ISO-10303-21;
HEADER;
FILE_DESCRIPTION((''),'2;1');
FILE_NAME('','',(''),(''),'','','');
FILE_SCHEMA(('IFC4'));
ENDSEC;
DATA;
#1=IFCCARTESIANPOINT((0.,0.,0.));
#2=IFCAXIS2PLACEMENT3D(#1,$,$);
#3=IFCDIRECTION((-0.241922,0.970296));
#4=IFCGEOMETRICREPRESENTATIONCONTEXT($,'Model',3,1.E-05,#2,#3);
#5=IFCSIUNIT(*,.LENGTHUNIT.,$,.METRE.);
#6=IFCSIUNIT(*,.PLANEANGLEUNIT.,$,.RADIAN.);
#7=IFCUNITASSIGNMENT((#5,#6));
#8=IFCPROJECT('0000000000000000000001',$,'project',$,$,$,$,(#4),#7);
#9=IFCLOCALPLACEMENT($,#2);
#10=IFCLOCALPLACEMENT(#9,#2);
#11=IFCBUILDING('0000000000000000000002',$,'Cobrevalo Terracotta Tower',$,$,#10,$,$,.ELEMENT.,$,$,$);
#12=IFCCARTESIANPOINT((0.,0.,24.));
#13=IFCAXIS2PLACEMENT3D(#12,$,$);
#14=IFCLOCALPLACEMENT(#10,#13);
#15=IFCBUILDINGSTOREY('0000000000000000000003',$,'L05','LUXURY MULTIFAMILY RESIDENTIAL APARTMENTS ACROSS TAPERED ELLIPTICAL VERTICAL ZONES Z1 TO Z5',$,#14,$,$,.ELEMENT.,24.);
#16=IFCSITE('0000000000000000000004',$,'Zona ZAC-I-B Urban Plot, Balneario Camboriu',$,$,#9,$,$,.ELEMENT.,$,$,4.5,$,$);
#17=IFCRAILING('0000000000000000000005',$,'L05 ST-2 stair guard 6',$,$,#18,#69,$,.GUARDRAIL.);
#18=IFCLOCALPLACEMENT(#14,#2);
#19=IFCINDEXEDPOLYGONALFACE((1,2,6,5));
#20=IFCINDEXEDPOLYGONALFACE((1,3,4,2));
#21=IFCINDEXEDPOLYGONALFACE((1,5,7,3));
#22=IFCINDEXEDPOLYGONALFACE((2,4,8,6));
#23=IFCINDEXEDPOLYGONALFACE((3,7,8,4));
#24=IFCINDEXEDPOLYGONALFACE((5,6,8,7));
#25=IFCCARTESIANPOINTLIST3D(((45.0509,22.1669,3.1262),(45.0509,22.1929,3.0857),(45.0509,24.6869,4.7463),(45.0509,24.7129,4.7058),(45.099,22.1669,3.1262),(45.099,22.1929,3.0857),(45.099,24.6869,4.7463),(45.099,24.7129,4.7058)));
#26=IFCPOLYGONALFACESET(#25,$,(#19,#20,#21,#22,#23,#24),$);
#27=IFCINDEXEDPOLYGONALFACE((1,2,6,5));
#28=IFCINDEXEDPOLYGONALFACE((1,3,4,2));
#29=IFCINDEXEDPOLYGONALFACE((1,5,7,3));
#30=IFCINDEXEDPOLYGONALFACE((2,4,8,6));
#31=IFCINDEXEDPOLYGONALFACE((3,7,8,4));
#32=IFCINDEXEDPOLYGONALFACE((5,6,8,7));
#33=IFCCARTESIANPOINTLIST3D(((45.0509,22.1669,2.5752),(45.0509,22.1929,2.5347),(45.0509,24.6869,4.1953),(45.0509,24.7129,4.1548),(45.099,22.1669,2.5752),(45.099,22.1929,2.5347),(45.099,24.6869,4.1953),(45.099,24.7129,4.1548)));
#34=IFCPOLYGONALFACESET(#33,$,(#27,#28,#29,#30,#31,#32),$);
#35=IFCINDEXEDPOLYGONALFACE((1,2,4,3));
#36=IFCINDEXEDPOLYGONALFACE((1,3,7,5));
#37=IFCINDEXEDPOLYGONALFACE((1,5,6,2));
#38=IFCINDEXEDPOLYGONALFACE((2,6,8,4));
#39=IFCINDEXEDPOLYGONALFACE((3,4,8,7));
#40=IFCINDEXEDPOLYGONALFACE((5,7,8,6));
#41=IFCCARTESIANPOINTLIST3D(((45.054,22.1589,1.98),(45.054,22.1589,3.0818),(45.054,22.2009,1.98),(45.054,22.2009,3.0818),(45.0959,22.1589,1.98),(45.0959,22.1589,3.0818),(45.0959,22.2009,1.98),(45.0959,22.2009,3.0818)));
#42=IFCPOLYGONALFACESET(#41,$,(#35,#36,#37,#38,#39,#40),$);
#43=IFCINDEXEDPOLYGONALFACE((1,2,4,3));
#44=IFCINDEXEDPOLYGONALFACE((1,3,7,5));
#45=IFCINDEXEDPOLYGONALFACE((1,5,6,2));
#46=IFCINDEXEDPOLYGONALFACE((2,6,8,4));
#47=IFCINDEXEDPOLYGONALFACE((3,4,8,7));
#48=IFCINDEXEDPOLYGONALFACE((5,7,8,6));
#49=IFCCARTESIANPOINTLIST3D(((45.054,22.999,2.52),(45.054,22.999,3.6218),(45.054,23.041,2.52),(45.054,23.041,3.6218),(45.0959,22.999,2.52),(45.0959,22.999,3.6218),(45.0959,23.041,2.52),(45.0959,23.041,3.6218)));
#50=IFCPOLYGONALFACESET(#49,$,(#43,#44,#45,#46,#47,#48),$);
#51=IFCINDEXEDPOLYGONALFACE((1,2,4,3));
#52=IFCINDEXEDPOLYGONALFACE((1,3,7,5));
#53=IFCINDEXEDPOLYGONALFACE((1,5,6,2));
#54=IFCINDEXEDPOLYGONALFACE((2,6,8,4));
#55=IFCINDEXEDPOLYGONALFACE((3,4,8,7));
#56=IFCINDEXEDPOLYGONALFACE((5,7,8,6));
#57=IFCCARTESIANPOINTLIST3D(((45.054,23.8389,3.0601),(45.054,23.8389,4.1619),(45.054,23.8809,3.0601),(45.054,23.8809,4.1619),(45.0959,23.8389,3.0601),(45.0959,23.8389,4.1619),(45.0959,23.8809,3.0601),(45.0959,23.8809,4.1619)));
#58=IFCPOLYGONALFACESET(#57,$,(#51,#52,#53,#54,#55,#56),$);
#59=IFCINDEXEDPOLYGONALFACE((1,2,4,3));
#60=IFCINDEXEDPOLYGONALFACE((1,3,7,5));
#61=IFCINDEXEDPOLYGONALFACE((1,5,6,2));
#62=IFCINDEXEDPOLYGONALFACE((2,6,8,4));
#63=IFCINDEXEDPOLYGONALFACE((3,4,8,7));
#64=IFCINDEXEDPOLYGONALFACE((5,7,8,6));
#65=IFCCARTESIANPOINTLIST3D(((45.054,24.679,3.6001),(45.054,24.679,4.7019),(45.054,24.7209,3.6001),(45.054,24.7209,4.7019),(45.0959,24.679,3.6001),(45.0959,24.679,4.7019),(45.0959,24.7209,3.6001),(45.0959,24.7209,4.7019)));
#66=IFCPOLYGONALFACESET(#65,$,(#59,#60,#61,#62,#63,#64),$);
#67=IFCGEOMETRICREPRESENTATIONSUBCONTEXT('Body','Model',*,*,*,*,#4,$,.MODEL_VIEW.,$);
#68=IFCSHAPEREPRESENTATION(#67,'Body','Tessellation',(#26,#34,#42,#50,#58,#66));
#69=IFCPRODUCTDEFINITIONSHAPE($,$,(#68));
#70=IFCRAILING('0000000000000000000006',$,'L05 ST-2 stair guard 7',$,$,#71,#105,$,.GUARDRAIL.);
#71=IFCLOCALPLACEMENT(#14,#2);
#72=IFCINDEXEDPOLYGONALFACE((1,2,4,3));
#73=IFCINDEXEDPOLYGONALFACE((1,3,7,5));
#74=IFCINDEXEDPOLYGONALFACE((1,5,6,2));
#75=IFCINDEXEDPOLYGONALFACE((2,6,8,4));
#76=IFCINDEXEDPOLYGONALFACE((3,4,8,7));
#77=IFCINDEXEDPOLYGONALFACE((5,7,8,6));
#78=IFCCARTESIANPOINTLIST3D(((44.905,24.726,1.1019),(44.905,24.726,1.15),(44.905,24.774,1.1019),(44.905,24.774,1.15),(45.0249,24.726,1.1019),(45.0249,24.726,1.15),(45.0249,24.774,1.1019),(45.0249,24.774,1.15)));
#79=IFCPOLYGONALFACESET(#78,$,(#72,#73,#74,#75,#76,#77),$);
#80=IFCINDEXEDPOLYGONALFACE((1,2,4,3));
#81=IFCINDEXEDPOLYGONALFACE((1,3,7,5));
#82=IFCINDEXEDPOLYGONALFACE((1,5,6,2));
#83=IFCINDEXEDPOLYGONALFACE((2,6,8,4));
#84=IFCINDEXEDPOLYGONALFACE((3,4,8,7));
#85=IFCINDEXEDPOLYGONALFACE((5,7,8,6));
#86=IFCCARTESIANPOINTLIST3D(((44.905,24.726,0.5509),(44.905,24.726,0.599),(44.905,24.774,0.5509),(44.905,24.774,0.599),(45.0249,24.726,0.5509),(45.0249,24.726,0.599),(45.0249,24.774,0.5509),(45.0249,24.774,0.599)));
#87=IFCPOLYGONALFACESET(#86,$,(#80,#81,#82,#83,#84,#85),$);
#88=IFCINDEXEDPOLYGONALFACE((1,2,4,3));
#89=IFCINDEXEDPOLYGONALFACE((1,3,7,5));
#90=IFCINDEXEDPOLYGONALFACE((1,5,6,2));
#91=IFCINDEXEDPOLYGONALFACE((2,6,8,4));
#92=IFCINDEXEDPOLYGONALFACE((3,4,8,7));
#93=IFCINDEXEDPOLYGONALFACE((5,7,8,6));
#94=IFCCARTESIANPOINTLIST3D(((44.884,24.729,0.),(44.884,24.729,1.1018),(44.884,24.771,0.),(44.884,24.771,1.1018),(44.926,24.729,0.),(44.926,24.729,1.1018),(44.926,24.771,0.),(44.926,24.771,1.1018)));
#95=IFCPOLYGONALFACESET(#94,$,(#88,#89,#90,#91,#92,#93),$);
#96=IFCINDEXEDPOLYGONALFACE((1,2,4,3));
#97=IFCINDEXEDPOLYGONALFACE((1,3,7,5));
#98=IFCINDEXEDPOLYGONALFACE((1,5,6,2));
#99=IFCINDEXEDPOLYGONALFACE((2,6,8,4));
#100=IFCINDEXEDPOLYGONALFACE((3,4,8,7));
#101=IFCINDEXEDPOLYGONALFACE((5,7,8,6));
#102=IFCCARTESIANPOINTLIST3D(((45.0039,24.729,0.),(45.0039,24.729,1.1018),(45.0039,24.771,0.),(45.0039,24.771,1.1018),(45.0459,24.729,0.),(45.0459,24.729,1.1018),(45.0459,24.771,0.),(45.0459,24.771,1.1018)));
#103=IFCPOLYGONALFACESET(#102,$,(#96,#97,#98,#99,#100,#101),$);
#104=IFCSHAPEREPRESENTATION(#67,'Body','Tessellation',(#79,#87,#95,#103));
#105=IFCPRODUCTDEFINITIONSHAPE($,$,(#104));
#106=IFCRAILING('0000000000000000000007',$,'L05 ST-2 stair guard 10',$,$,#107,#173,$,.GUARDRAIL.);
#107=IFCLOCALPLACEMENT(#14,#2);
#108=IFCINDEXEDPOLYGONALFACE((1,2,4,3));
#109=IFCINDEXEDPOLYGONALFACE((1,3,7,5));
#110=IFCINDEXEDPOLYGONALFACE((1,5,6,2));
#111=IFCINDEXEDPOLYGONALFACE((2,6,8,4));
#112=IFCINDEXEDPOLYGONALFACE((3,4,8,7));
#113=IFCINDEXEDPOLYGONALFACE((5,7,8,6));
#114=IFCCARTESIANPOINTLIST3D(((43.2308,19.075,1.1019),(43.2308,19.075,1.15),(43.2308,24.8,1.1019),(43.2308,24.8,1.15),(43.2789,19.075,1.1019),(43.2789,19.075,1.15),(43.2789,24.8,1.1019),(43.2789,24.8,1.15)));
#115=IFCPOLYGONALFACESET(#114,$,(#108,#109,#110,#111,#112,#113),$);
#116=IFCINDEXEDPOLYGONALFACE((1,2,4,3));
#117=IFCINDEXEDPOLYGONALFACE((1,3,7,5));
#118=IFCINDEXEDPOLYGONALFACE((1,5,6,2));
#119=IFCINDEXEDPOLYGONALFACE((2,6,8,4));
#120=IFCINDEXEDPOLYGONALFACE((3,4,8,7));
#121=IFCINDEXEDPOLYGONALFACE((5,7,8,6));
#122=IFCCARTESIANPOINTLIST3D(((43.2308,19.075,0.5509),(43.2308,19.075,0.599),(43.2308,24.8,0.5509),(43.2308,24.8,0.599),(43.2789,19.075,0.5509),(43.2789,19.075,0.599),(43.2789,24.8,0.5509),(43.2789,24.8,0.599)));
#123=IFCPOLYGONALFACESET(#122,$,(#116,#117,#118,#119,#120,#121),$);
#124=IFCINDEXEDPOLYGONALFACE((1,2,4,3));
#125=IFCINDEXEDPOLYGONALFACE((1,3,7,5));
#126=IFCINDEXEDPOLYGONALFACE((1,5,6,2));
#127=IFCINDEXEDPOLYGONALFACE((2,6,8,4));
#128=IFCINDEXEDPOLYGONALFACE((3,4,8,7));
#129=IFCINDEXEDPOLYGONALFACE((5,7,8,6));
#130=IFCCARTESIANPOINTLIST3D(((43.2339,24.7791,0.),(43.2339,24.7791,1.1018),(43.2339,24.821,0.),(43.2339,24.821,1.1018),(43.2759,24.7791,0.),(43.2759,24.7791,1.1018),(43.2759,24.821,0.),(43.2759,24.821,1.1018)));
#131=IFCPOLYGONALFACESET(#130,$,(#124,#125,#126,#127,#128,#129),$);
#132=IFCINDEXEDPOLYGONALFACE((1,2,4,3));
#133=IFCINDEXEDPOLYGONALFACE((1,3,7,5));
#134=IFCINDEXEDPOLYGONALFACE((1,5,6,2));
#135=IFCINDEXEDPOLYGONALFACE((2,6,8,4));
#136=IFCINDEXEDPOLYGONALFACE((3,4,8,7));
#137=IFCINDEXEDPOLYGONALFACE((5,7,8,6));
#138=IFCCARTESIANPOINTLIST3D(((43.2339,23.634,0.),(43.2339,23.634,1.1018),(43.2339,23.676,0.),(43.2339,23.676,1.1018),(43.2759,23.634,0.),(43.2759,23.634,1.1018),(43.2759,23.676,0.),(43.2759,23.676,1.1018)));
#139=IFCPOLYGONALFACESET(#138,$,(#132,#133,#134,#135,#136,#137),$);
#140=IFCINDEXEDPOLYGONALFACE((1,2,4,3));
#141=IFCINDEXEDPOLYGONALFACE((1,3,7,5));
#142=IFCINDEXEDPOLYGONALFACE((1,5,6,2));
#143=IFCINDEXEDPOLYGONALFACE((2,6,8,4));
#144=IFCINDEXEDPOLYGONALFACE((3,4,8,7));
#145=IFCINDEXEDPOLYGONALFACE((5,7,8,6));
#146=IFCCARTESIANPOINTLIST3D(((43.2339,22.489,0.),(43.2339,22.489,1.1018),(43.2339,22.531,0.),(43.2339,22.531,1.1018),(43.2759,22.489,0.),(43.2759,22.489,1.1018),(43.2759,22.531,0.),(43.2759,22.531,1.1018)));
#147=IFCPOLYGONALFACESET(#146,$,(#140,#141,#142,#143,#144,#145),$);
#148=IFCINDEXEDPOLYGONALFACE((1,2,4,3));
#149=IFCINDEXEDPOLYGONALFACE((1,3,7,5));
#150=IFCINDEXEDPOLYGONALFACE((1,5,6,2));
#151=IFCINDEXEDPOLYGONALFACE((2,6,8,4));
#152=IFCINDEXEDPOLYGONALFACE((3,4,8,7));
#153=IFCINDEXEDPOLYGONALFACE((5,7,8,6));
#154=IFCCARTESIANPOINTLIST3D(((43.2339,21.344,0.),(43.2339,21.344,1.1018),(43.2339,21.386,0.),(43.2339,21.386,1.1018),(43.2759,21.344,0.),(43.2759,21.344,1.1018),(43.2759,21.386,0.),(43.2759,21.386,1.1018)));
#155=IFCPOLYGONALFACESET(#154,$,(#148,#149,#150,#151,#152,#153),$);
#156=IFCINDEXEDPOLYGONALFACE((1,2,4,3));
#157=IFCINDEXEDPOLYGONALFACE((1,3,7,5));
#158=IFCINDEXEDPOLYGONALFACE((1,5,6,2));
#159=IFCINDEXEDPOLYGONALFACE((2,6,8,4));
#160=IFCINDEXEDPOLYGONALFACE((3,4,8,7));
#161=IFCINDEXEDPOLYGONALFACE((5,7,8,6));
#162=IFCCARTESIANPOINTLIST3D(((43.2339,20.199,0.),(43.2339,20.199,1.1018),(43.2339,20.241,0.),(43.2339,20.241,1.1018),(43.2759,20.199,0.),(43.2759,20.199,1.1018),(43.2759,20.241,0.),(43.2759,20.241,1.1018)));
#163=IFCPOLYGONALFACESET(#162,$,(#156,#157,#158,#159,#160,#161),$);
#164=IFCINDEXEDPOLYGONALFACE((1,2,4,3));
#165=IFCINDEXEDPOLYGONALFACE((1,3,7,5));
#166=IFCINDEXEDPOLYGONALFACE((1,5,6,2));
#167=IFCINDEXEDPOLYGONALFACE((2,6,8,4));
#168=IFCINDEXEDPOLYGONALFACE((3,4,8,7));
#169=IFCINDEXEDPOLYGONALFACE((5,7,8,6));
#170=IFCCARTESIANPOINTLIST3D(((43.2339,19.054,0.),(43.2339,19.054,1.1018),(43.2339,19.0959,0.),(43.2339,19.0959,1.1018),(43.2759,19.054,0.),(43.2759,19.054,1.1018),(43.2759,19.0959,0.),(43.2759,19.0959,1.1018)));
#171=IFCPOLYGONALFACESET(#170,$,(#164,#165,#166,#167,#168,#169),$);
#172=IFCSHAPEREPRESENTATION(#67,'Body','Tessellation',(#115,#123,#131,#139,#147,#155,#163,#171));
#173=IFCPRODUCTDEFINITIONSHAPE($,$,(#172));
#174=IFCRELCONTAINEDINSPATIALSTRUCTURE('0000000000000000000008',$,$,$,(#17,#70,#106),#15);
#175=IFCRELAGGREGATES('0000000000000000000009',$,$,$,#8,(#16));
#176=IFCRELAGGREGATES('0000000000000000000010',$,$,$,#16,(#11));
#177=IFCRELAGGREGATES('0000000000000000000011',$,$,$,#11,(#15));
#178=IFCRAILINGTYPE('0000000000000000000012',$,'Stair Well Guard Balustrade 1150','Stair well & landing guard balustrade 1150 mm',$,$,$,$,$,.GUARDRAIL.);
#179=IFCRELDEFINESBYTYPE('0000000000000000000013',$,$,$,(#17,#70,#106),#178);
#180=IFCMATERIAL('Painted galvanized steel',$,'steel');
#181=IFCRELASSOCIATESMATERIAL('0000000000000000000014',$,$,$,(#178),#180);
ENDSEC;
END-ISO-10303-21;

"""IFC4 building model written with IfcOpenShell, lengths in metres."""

from ifc_helpers import new_model, si_unit, direction, frame, origin, origin_2d, place, context, subcontext, project, spatial, rectangle, extrude, material, type_object, element, save


model = new_model("IFC4")

# Units and contexts
model_context = context("Model", 3, precision=1e-05, world=origin(), true_north=direction((-0.241922, 0.970296)))
body_context = subcontext(model_context, "Body", "Model", "MODEL_VIEW")
ifc_project = project(units=[si_unit("LENGTHUNIT", "METRE"), si_unit("PLANEANGLEUNIT", "RADIAN")], contexts=[model_context])

# Site, building, storey
site_placement = place(None, origin())
site = spatial("IfcSite", under=ifc_project, at=site_placement, Name="Zona ZAC-I-B Urban Plot, Balneario Camboriu", CompositionType="ELEMENT", RefElevation=4.5)
building_placement = place(site_placement, origin())
building = spatial("IfcBuilding", under=site, at=building_placement, Name="Cobrevalo Terracotta Tower", CompositionType="ELEMENT")
storey_placement = place(building_placement, frame((0.0, 0.0, 24.0)))
storey = spatial("IfcBuildingStorey", under=building, at=storey_placement, Name="L05", Description="LUXURY MULTIFAMILY RESIDENTIAL APARTMENTS ACROSS TAPERED ELLIPTICAL VERTICAL ZONES Z1 TO Z5", CompositionType="ELEMENT", Elevation=24.0)

# Railings
ifc_material_1 = material(Name="Painted galvanized steel", Category="steel")
railing_type_1 = type_object("IfcRailingType", Name="Stair Well Guard Balustrade 1150", Description="Stair well & landing guard balustrade 1150 mm", PredefinedType="GUARDRAIL", material=ifc_material_1)
railing_1_placement = place(storey_placement, frame((45.075, 22.1799, 1.98)))
element("IfcRailing", 1, at=railing_1_placement, inside=storey, type_object=railing_type_1, Name="L05 ST-2 stair guard 6", PredefinedType="GUARDRAIL", context=body_context, shape_type="SweptSolid", body=[
    extrude(rectangle(XDim=0.0481, YDim=0.0481, at=origin_2d()), frame((0.0, 0.0, 1.126), z_axis=(0.0, 0.841163, 0.540782), x_axis=(-1.0, 0.0, 0.0)), (0.0, 0.0, 1.0), 2.9958),
    extrude(rectangle(XDim=0.0481, YDim=0.0481, at=origin_2d()), frame((0.0, 0.0, 0.575), z_axis=(0.0, 0.841163, 0.540782), x_axis=(-1.0, 0.0, 0.0)), (0.0, 0.0, 1.0), 2.9958),
    extrude(rectangle(XDim=0.042, YDim=0.042, at=origin_2d()), origin(), (0.0, 0.0, 1.0), 1.1018),
    extrude(rectangle(XDim=0.042, YDim=0.042, at=origin_2d()), frame((0.0, 0.8401, 0.54)), (0.0, 0.0, 1.0), 1.1018),
    extrude(rectangle(XDim=0.042, YDim=0.042, at=origin_2d()), frame((0.0, 1.6799, 1.0801)), (0.0, 0.0, 1.0), 1.1018),
    extrude(rectangle(XDim=0.042, YDim=0.042, at=origin_2d()), frame((0.0, 2.52, 1.6201)), (0.0, 0.0, 1.0), 1.1018),
])
railing_2_placement = place(storey_placement, frame((44.905, 24.75, 0.0)))
element("IfcRailing", 2, at=railing_2_placement, inside=storey, type_object=railing_type_1, Name="L05 ST-2 stair guard 7", PredefinedType="GUARDRAIL", context=body_context, shape_type="SweptSolid", body=[
    extrude(rectangle(XDim=0.0481, YDim=0.0481, at=origin_2d()), frame((0.0, 0.0, 1.126), z_axis=(1.0, 0.0, 0.0), x_axis=(0.0, 1.0, 0.0)), (0.0, 0.0, 1.0), 0.1199),
    extrude(rectangle(XDim=0.0481, YDim=0.0481, at=origin_2d()), frame((0.0, 0.0, 0.575), z_axis=(1.0, 0.0, 0.0), x_axis=(0.0, 1.0, 0.0)), (0.0, 0.0, 1.0), 0.1199),
    extrude(rectangle(XDim=0.042, YDim=0.042, at=origin_2d()), origin(), (0.0, 0.0, 1.0), 1.1018),
    extrude(rectangle(XDim=0.042, YDim=0.042, at=origin_2d()), frame((0.1199, 0.0, 0.0)), (0.0, 0.0, 1.0), 1.1018),
])
railing_3_placement = place(storey_placement, frame((43.2549, 24.8, 0.0)))
element("IfcRailing", 3, at=railing_3_placement, inside=storey, type_object=railing_type_1, Name="L05 ST-2 stair guard 10", PredefinedType="GUARDRAIL", context=body_context, shape_type="SweptSolid", body=[
    extrude(rectangle(XDim=0.0481, YDim=0.0481, at=origin_2d()), frame((0.0, 0.0, 1.126), z_axis=(0.0, -1.0, 0.0), x_axis=(1.0, 0.0, 0.0)), (0.0, 0.0, 1.0), 5.7251),
    extrude(rectangle(XDim=0.0481, YDim=0.0481, at=origin_2d()), frame((0.0, 0.0, 0.575), z_axis=(0.0, -1.0, 0.0), x_axis=(1.0, 0.0, 0.0)), (0.0, 0.0, 1.0), 5.7251),
    extrude(rectangle(XDim=0.042, YDim=0.042, at=origin_2d()), origin(), (0.0, 0.0, 1.0), 1.1018),
    extrude(rectangle(XDim=0.042, YDim=0.042, at=origin_2d()), frame((0.0, -1.145, 0.0)), (0.0, 0.0, 1.0), 1.1018),
    extrude(rectangle(XDim=0.042, YDim=0.042, at=origin_2d()), frame((0.0, -2.29, 0.0)), (0.0, 0.0, 1.0), 1.1018),
    extrude(rectangle(XDim=0.042, YDim=0.042, at=origin_2d()), frame((0.0, -3.4351, 0.0)), (0.0, 0.0, 1.0), 1.1018),
    extrude(rectangle(XDim=0.042, YDim=0.042, at=origin_2d()), frame((0.0, -4.5801, 0.0)), (0.0, 0.0, 1.0), 1.1018),
    extrude(rectangle(XDim=0.042, YDim=0.042, at=origin_2d()), frame((0.0, -5.7251, 0.0)), (0.0, 0.0, 1.0), 1.1018),
])

save(model, "model.ifc")
